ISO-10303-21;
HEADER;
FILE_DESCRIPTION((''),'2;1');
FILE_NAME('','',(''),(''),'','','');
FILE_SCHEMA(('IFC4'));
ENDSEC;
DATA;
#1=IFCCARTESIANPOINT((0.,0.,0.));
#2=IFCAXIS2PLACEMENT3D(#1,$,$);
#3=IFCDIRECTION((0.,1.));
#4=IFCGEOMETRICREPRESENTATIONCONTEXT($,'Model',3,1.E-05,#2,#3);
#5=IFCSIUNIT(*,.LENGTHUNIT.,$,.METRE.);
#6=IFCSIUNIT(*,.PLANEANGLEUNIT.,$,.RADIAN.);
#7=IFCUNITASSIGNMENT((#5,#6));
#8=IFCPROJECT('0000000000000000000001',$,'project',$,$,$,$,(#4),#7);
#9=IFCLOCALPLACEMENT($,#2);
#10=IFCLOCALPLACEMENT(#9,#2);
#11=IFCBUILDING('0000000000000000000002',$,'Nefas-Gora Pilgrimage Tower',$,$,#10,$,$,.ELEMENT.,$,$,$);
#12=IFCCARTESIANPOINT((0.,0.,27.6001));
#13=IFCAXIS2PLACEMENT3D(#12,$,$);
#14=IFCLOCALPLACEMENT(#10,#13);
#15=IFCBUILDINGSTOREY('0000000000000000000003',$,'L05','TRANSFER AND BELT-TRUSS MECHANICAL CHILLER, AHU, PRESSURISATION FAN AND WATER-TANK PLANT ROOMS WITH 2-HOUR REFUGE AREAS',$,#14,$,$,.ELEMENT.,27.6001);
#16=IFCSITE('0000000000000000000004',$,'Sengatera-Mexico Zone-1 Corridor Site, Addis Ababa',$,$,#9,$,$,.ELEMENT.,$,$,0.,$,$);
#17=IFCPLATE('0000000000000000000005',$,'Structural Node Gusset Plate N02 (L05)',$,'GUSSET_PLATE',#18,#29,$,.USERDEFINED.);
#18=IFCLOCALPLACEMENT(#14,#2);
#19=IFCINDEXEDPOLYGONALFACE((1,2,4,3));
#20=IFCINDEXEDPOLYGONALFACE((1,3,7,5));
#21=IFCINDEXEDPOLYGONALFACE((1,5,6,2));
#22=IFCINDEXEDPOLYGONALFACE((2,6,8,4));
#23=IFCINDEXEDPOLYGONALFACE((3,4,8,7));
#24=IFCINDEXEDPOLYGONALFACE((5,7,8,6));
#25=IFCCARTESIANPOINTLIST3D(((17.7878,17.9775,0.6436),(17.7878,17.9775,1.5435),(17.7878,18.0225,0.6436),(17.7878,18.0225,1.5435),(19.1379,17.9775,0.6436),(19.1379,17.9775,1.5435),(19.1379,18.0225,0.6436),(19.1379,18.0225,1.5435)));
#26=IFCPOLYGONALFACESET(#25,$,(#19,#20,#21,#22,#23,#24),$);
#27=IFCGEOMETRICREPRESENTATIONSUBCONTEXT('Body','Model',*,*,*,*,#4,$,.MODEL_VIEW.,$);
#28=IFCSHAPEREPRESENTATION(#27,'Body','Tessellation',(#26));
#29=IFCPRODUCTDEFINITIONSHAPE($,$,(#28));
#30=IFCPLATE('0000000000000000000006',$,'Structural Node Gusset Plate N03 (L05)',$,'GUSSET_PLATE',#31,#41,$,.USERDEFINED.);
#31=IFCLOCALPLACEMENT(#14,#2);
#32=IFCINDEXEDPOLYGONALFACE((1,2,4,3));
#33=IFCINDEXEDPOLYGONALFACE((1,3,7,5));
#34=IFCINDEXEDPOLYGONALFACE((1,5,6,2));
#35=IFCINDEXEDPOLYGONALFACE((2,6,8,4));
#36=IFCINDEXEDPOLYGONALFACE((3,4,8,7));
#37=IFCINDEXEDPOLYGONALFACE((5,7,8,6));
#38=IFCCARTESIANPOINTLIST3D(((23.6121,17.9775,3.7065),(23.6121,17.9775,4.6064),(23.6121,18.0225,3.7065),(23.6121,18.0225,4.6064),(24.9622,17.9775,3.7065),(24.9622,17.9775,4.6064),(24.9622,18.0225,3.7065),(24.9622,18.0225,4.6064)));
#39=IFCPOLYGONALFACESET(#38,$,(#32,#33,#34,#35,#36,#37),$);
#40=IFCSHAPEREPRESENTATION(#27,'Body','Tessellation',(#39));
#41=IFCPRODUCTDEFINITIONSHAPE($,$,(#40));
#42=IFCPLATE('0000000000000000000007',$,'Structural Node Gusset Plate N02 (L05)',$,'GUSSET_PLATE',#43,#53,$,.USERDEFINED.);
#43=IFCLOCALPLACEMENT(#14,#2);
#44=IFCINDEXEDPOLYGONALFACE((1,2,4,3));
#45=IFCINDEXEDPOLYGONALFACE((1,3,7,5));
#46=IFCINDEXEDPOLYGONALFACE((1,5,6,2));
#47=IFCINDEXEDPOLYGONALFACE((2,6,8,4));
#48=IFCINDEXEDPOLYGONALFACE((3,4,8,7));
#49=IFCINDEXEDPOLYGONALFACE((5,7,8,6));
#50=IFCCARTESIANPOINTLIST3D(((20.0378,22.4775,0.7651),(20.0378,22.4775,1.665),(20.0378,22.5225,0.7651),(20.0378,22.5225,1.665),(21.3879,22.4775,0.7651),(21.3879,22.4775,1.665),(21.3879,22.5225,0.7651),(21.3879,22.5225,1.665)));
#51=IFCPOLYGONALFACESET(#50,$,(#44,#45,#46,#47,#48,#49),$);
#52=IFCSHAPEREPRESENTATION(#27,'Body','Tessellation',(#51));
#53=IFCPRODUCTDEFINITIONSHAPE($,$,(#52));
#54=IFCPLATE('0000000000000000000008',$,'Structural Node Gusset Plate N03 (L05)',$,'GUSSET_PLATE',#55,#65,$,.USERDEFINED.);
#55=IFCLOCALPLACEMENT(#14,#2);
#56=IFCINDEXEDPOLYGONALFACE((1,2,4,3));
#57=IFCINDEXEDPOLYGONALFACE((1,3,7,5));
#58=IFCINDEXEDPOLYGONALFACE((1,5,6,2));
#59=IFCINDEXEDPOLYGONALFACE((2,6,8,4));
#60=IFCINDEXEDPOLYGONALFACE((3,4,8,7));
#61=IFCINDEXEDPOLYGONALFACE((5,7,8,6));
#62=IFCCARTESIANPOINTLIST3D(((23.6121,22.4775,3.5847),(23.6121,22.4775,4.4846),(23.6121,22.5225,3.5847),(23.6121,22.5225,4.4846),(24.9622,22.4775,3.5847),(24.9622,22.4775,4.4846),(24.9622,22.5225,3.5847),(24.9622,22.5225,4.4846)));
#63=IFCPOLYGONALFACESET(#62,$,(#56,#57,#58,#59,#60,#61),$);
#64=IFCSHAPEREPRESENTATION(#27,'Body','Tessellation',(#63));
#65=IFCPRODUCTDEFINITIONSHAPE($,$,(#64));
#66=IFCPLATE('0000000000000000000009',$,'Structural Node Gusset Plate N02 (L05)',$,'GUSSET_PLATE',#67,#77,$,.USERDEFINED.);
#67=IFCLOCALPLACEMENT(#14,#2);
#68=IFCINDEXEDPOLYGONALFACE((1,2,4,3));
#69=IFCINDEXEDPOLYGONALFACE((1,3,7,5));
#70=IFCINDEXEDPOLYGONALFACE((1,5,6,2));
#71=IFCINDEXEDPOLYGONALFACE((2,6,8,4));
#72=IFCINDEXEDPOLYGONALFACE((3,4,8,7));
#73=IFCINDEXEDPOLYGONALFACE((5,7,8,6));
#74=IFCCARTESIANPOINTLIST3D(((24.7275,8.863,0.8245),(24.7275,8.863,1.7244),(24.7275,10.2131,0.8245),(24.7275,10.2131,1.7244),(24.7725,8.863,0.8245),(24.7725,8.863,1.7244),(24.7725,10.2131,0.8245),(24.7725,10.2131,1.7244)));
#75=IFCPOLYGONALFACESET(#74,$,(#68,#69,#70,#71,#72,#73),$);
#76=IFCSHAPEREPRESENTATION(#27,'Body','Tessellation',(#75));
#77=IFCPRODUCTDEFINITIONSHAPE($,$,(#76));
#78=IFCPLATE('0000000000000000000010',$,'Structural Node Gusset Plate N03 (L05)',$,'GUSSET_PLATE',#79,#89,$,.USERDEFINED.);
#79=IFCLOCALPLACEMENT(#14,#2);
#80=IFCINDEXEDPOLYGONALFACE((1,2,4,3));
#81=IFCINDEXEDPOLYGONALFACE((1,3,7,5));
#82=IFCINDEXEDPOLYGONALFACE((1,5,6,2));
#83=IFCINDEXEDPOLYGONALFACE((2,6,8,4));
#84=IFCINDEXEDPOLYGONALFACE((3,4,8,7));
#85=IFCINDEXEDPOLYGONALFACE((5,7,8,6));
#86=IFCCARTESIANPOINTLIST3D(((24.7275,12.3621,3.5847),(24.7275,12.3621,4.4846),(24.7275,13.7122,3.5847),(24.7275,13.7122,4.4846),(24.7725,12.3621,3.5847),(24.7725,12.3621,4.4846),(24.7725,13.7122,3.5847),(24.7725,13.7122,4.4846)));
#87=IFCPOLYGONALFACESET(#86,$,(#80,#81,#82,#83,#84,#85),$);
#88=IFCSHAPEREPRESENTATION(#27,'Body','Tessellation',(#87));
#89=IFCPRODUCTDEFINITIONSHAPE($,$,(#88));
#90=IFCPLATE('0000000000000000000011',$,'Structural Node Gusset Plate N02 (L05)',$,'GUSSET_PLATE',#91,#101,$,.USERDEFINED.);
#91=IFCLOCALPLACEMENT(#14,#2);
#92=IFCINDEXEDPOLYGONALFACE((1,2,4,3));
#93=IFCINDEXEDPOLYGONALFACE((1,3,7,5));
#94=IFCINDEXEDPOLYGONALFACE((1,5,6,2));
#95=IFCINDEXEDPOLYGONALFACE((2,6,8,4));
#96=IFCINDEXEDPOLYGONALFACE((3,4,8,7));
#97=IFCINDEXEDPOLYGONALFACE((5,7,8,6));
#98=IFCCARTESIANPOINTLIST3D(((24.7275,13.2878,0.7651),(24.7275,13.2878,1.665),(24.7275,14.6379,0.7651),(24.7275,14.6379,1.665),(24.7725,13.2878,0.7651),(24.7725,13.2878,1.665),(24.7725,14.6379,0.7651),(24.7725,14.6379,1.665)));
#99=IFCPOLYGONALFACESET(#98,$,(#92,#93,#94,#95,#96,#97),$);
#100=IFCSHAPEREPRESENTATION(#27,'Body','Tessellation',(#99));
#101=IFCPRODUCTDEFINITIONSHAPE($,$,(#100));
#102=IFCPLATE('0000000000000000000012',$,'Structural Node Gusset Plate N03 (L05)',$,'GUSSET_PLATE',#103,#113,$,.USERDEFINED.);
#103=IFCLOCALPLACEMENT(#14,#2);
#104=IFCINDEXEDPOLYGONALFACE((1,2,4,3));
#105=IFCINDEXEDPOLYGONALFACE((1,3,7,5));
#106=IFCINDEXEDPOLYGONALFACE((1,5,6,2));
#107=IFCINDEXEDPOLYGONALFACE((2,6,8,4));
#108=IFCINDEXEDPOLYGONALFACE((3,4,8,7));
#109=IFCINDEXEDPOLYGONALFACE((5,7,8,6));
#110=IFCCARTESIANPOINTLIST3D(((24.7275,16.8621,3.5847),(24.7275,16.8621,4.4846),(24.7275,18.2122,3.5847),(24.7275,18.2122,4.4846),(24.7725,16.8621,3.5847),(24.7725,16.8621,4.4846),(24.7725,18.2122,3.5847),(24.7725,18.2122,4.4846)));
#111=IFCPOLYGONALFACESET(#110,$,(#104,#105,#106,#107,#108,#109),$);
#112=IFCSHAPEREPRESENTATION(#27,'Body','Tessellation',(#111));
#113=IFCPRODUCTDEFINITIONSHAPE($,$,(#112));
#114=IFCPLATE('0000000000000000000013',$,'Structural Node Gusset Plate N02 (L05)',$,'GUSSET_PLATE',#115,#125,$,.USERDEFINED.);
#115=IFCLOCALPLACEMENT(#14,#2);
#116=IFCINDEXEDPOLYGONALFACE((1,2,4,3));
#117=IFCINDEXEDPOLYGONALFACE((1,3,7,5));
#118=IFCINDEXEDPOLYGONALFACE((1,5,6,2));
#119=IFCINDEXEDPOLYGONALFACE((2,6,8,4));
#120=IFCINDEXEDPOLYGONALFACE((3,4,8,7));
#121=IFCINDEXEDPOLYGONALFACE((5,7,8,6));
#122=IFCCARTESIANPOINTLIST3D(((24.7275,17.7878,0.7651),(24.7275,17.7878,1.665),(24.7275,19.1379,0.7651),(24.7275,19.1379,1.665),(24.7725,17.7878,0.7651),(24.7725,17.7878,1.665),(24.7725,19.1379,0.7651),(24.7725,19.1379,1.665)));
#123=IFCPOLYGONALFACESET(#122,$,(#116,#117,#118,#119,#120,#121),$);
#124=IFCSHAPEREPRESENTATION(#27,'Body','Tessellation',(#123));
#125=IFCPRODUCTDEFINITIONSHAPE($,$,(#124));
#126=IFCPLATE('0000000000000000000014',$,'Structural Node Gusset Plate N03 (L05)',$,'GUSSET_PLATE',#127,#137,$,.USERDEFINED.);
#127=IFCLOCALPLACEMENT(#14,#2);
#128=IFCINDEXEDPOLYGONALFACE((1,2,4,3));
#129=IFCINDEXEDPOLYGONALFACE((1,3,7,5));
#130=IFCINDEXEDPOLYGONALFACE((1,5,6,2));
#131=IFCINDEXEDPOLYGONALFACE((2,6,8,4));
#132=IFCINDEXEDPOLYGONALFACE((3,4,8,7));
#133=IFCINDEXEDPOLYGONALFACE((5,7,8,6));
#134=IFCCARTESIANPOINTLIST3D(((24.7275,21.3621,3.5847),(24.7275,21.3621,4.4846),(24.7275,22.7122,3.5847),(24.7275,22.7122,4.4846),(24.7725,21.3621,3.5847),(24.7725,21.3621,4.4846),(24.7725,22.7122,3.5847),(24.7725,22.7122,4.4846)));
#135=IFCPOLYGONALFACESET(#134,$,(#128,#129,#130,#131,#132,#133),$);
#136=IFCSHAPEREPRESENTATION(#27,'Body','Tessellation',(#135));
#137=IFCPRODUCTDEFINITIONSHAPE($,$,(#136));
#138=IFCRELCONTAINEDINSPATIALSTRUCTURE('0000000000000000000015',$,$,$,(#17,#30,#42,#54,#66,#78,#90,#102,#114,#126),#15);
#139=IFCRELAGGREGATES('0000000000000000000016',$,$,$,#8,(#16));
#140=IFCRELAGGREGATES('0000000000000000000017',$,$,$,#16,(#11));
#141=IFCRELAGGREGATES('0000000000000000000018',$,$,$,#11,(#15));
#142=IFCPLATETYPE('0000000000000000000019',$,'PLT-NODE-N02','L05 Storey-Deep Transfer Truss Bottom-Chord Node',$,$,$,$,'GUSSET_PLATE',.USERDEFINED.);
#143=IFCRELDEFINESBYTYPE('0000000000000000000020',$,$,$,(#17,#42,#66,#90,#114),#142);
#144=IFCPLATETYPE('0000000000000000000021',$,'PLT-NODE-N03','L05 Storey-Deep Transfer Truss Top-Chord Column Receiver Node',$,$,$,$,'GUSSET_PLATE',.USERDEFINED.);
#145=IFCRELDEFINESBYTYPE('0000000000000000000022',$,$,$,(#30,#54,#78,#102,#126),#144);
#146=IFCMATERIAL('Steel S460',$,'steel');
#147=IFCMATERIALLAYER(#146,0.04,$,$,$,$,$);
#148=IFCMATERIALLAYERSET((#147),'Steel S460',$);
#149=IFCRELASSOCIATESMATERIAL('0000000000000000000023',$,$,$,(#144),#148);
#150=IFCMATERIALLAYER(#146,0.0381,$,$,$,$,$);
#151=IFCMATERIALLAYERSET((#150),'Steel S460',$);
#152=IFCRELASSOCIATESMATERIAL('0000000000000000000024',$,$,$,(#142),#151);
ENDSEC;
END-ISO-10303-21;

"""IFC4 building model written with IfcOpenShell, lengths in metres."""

from ifc_helpers import new_model, si_unit, direction, frame, origin, origin_2d, place, context, subcontext, project, spatial, rectangle, extrude, source, transform, mapped, material, layer, layer_set, type_object, element, save


model = new_model("IFC4")

# Units and contexts
model_context = context("Model", 3, precision=1e-05, world=origin(), true_north=direction((0.0, 1.0)))
body_context = subcontext(model_context, "Body", "Model", "MODEL_VIEW")
ifc_project = project(units=[si_unit("LENGTHUNIT", "METRE"), si_unit("PLANEANGLEUNIT", "RADIAN")], contexts=[model_context])

# Site, building, storey
site_placement = place(None, origin())
site = spatial("IfcSite", under=ifc_project, at=site_placement, Name="Sengatera-Mexico Zone-1 Corridor Site, Addis Ababa", CompositionType="ELEMENT", RefElevation=0.0)
building_placement = place(site_placement, origin())
building = spatial("IfcBuilding", under=site, at=building_placement, Name="Nefas-Gora Pilgrimage Tower", CompositionType="ELEMENT")
storey_placement = place(building_placement, frame((0.0, 0.0, 27.6001)))
storey = spatial("IfcBuildingStorey", under=building, at=storey_placement, Name="L05", Description="TRANSFER AND BELT-TRUSS MECHANICAL CHILLER, AHU, PRESSURISATION FAN AND WATER-TANK PLANT ROOMS WITH 2-HOUR REFUGE AREAS", CompositionType="ELEMENT", Elevation=27.6001)

# Shared definitions
ifc_material = material(Name="Steel S460", Category="steel")

# Plates
ifc_layer_1 = layer(ifc_material, 0.04)
ifc_layer_set_1 = layer_set([ifc_layer_1], Name="Steel S460")
plate_type_1 = type_object("IfcPlateType", Name="PLT-NODE-N03", Description="L05 Storey-Deep Transfer Truss Top-Chord Column Receiver Node", ElementType="GUSSET_PLATE", PredefinedType="USERDEFINED", material=ifc_layer_set_1)
shared_shape_1 = source(origin(), body_context, "Body", "SweptSolid", [
    extrude(rectangle(XDim=1.3501, YDim=0.0449, at=origin_2d()), origin(), (0.0, 0.0, 1.0), 0.8999),
])
ifc_layer_2 = layer(ifc_material, 0.0381)
ifc_layer_set_2 = layer_set([ifc_layer_2], Name="Steel S460")
plate_type_2 = type_object("IfcPlateType", Name="PLT-NODE-N02", Description="L05 Storey-Deep Transfer Truss Bottom-Chord Node", ElementType="GUSSET_PLATE", PredefinedType="USERDEFINED", material=ifc_layer_set_2)
plate_1_placement = place(storey_placement, frame((18.4629, 18.0, 0.6436), z_axis=(0.0, 0.0, 1.0), x_axis=(1.0, 0.0, 0.0)))
element("IfcPlate", 1, at=plate_1_placement, inside=storey, type_object=plate_type_2, Name="Structural Node Gusset Plate N02 (L05)", ObjectType="GUSSET_PLATE", PredefinedType="USERDEFINED", context=body_context, shape_type="MappedRepresentation", body=[
    mapped(shared_shape_1, transform((0.0, 0.0, 0.0), x_axis=(1.0, 0.0, 0.0), y_axis=(0.0, 1.0, 0.0), z_axis=(0.0, 0.0, 1.0), scale=1.0)),
])
plate_2_placement = place(storey_placement, frame((24.2871, 18.0, 3.7065), z_axis=(0.0, 0.0, 1.0), x_axis=(1.0, 0.0, 0.0)))
element("IfcPlate", 2, at=plate_2_placement, inside=storey, type_object=plate_type_1, Name="Structural Node Gusset Plate N03 (L05)", ObjectType="GUSSET_PLATE", PredefinedType="USERDEFINED", context=body_context, shape_type="MappedRepresentation", body=[
    mapped(shared_shape_1, transform((0.0, 0.0, 0.0), x_axis=(1.0, 0.0, 0.0), y_axis=(0.0, 1.0, 0.0), z_axis=(0.0, 0.0, 1.0), scale=1.0)),
])
plate_3_placement = place(storey_placement, frame((20.7129, 22.5, 0.7651), z_axis=(0.0, 0.0, 1.0), x_axis=(1.0, 0.0, 0.0)))
element("IfcPlate", 3, at=plate_3_placement, inside=storey, type_object=plate_type_2, Name="Structural Node Gusset Plate N02 (L05)", ObjectType="GUSSET_PLATE", PredefinedType="USERDEFINED", context=body_context, shape_type="MappedRepresentation", body=[
    mapped(shared_shape_1, transform((0.0, 0.0, 0.0), x_axis=(1.0, 0.0, 0.0), y_axis=(0.0, 1.0, 0.0), z_axis=(0.0, 0.0, 1.0), scale=1.0)),
])
plate_4_placement = place(storey_placement, frame((24.2871, 22.5, 3.5847), z_axis=(0.0, 0.0, 1.0), x_axis=(1.0, 0.0, 0.0)))
element("IfcPlate", 4, at=plate_4_placement, inside=storey, type_object=plate_type_1, Name="Structural Node Gusset Plate N03 (L05)", ObjectType="GUSSET_PLATE", PredefinedType="USERDEFINED", context=body_context, shape_type="MappedRepresentation", body=[
    mapped(shared_shape_1, transform((0.0, 0.0, 0.0), x_axis=(1.0, 0.0, 0.0), y_axis=(0.0, 1.0, 0.0), z_axis=(0.0, 0.0, 1.0), scale=1.0)),
])
plate_5_placement = place(storey_placement, frame((24.75, 9.5381, 0.8245), z_axis=(0.0, 0.0, 1.0), x_axis=(0.0, 1.0, 0.0)))
element("IfcPlate", 5, at=plate_5_placement, inside=storey, type_object=plate_type_2, Name="Structural Node Gusset Plate N02 (L05)", ObjectType="GUSSET_PLATE", PredefinedType="USERDEFINED", context=body_context, shape_type="MappedRepresentation", body=[
    mapped(shared_shape_1, transform((0.0, 0.0, 0.0), x_axis=(1.0, 0.0, 0.0), y_axis=(0.0, 1.0, 0.0), z_axis=(0.0, 0.0, 1.0), scale=1.0)),
])
plate_6_placement = place(storey_placement, frame((24.75, 13.0371, 3.5847), z_axis=(0.0, 0.0, 1.0), x_axis=(0.0, 1.0, 0.0)))
element("IfcPlate", 6, at=plate_6_placement, inside=storey, type_object=plate_type_1, Name="Structural Node Gusset Plate N03 (L05)", ObjectType="GUSSET_PLATE", PredefinedType="USERDEFINED", context=body_context, shape_type="MappedRepresentation", body=[
    mapped(shared_shape_1, transform((0.0, 0.0, 0.0), x_axis=(1.0, 0.0, 0.0), y_axis=(0.0, 1.0, 0.0), z_axis=(0.0, 0.0, 1.0), scale=1.0)),
])
plate_7_placement = place(storey_placement, frame((24.75, 13.9629, 0.7651), z_axis=(0.0, 0.0, 1.0), x_axis=(0.0, 1.0, 0.0)))
element("IfcPlate", 7, at=plate_7_placement, inside=storey, type_object=plate_type_2, Name="Structural Node Gusset Plate N02 (L05)", ObjectType="GUSSET_PLATE", PredefinedType="USERDEFINED", context=body_context, shape_type="MappedRepresentation", body=[
    mapped(shared_shape_1, transform((0.0, 0.0, 0.0), x_axis=(1.0, 0.0, 0.0), y_axis=(0.0, 1.0, 0.0), z_axis=(0.0, 0.0, 1.0), scale=1.0)),
])
plate_8_placement = place(storey_placement, frame((24.75, 17.5371, 3.5847), z_axis=(0.0, 0.0, 1.0), x_axis=(0.0, 1.0, 0.0)))
element("IfcPlate", 8, at=plate_8_placement, inside=storey, type_object=plate_type_1, Name="Structural Node Gusset Plate N03 (L05)", ObjectType="GUSSET_PLATE", PredefinedType="USERDEFINED", context=body_context, shape_type="MappedRepresentation", body=[
    mapped(shared_shape_1, transform((0.0, 0.0, 0.0), x_axis=(1.0, 0.0, 0.0), y_axis=(0.0, 1.0, 0.0), z_axis=(0.0, 0.0, 1.0), scale=1.0)),
])
plate_9_placement = place(storey_placement, frame((24.75, 18.4629, 0.7651), z_axis=(0.0, 0.0, 1.0), x_axis=(0.0, 1.0, 0.0)))
element("IfcPlate", 9, at=plate_9_placement, inside=storey, type_object=plate_type_2, Name="Structural Node Gusset Plate N02 (L05)", ObjectType="GUSSET_PLATE", PredefinedType="USERDEFINED", context=body_context, shape_type="MappedRepresentation", body=[
    mapped(shared_shape_1, transform((0.0, 0.0, 0.0), x_axis=(1.0, 0.0, 0.0), y_axis=(0.0, 1.0, 0.0), z_axis=(0.0, 0.0, 1.0), scale=1.0)),
])
plate_10_placement = place(storey_placement, frame((24.75, 22.0371, 3.5847), z_axis=(0.0, 0.0, 1.0), x_axis=(0.0, 1.0, 0.0)))
element("IfcPlate", 10, at=plate_10_placement, inside=storey, type_object=plate_type_1, Name="Structural Node Gusset Plate N03 (L05)", ObjectType="GUSSET_PLATE", PredefinedType="USERDEFINED", context=body_context, shape_type="MappedRepresentation", body=[
    mapped(shared_shape_1, transform((0.0, 0.0, 0.0), x_axis=(1.0, 0.0, 0.0), y_axis=(0.0, 1.0, 0.0), z_axis=(0.0, 0.0, 1.0), scale=1.0)),
])

save(model, "model.ifc")
